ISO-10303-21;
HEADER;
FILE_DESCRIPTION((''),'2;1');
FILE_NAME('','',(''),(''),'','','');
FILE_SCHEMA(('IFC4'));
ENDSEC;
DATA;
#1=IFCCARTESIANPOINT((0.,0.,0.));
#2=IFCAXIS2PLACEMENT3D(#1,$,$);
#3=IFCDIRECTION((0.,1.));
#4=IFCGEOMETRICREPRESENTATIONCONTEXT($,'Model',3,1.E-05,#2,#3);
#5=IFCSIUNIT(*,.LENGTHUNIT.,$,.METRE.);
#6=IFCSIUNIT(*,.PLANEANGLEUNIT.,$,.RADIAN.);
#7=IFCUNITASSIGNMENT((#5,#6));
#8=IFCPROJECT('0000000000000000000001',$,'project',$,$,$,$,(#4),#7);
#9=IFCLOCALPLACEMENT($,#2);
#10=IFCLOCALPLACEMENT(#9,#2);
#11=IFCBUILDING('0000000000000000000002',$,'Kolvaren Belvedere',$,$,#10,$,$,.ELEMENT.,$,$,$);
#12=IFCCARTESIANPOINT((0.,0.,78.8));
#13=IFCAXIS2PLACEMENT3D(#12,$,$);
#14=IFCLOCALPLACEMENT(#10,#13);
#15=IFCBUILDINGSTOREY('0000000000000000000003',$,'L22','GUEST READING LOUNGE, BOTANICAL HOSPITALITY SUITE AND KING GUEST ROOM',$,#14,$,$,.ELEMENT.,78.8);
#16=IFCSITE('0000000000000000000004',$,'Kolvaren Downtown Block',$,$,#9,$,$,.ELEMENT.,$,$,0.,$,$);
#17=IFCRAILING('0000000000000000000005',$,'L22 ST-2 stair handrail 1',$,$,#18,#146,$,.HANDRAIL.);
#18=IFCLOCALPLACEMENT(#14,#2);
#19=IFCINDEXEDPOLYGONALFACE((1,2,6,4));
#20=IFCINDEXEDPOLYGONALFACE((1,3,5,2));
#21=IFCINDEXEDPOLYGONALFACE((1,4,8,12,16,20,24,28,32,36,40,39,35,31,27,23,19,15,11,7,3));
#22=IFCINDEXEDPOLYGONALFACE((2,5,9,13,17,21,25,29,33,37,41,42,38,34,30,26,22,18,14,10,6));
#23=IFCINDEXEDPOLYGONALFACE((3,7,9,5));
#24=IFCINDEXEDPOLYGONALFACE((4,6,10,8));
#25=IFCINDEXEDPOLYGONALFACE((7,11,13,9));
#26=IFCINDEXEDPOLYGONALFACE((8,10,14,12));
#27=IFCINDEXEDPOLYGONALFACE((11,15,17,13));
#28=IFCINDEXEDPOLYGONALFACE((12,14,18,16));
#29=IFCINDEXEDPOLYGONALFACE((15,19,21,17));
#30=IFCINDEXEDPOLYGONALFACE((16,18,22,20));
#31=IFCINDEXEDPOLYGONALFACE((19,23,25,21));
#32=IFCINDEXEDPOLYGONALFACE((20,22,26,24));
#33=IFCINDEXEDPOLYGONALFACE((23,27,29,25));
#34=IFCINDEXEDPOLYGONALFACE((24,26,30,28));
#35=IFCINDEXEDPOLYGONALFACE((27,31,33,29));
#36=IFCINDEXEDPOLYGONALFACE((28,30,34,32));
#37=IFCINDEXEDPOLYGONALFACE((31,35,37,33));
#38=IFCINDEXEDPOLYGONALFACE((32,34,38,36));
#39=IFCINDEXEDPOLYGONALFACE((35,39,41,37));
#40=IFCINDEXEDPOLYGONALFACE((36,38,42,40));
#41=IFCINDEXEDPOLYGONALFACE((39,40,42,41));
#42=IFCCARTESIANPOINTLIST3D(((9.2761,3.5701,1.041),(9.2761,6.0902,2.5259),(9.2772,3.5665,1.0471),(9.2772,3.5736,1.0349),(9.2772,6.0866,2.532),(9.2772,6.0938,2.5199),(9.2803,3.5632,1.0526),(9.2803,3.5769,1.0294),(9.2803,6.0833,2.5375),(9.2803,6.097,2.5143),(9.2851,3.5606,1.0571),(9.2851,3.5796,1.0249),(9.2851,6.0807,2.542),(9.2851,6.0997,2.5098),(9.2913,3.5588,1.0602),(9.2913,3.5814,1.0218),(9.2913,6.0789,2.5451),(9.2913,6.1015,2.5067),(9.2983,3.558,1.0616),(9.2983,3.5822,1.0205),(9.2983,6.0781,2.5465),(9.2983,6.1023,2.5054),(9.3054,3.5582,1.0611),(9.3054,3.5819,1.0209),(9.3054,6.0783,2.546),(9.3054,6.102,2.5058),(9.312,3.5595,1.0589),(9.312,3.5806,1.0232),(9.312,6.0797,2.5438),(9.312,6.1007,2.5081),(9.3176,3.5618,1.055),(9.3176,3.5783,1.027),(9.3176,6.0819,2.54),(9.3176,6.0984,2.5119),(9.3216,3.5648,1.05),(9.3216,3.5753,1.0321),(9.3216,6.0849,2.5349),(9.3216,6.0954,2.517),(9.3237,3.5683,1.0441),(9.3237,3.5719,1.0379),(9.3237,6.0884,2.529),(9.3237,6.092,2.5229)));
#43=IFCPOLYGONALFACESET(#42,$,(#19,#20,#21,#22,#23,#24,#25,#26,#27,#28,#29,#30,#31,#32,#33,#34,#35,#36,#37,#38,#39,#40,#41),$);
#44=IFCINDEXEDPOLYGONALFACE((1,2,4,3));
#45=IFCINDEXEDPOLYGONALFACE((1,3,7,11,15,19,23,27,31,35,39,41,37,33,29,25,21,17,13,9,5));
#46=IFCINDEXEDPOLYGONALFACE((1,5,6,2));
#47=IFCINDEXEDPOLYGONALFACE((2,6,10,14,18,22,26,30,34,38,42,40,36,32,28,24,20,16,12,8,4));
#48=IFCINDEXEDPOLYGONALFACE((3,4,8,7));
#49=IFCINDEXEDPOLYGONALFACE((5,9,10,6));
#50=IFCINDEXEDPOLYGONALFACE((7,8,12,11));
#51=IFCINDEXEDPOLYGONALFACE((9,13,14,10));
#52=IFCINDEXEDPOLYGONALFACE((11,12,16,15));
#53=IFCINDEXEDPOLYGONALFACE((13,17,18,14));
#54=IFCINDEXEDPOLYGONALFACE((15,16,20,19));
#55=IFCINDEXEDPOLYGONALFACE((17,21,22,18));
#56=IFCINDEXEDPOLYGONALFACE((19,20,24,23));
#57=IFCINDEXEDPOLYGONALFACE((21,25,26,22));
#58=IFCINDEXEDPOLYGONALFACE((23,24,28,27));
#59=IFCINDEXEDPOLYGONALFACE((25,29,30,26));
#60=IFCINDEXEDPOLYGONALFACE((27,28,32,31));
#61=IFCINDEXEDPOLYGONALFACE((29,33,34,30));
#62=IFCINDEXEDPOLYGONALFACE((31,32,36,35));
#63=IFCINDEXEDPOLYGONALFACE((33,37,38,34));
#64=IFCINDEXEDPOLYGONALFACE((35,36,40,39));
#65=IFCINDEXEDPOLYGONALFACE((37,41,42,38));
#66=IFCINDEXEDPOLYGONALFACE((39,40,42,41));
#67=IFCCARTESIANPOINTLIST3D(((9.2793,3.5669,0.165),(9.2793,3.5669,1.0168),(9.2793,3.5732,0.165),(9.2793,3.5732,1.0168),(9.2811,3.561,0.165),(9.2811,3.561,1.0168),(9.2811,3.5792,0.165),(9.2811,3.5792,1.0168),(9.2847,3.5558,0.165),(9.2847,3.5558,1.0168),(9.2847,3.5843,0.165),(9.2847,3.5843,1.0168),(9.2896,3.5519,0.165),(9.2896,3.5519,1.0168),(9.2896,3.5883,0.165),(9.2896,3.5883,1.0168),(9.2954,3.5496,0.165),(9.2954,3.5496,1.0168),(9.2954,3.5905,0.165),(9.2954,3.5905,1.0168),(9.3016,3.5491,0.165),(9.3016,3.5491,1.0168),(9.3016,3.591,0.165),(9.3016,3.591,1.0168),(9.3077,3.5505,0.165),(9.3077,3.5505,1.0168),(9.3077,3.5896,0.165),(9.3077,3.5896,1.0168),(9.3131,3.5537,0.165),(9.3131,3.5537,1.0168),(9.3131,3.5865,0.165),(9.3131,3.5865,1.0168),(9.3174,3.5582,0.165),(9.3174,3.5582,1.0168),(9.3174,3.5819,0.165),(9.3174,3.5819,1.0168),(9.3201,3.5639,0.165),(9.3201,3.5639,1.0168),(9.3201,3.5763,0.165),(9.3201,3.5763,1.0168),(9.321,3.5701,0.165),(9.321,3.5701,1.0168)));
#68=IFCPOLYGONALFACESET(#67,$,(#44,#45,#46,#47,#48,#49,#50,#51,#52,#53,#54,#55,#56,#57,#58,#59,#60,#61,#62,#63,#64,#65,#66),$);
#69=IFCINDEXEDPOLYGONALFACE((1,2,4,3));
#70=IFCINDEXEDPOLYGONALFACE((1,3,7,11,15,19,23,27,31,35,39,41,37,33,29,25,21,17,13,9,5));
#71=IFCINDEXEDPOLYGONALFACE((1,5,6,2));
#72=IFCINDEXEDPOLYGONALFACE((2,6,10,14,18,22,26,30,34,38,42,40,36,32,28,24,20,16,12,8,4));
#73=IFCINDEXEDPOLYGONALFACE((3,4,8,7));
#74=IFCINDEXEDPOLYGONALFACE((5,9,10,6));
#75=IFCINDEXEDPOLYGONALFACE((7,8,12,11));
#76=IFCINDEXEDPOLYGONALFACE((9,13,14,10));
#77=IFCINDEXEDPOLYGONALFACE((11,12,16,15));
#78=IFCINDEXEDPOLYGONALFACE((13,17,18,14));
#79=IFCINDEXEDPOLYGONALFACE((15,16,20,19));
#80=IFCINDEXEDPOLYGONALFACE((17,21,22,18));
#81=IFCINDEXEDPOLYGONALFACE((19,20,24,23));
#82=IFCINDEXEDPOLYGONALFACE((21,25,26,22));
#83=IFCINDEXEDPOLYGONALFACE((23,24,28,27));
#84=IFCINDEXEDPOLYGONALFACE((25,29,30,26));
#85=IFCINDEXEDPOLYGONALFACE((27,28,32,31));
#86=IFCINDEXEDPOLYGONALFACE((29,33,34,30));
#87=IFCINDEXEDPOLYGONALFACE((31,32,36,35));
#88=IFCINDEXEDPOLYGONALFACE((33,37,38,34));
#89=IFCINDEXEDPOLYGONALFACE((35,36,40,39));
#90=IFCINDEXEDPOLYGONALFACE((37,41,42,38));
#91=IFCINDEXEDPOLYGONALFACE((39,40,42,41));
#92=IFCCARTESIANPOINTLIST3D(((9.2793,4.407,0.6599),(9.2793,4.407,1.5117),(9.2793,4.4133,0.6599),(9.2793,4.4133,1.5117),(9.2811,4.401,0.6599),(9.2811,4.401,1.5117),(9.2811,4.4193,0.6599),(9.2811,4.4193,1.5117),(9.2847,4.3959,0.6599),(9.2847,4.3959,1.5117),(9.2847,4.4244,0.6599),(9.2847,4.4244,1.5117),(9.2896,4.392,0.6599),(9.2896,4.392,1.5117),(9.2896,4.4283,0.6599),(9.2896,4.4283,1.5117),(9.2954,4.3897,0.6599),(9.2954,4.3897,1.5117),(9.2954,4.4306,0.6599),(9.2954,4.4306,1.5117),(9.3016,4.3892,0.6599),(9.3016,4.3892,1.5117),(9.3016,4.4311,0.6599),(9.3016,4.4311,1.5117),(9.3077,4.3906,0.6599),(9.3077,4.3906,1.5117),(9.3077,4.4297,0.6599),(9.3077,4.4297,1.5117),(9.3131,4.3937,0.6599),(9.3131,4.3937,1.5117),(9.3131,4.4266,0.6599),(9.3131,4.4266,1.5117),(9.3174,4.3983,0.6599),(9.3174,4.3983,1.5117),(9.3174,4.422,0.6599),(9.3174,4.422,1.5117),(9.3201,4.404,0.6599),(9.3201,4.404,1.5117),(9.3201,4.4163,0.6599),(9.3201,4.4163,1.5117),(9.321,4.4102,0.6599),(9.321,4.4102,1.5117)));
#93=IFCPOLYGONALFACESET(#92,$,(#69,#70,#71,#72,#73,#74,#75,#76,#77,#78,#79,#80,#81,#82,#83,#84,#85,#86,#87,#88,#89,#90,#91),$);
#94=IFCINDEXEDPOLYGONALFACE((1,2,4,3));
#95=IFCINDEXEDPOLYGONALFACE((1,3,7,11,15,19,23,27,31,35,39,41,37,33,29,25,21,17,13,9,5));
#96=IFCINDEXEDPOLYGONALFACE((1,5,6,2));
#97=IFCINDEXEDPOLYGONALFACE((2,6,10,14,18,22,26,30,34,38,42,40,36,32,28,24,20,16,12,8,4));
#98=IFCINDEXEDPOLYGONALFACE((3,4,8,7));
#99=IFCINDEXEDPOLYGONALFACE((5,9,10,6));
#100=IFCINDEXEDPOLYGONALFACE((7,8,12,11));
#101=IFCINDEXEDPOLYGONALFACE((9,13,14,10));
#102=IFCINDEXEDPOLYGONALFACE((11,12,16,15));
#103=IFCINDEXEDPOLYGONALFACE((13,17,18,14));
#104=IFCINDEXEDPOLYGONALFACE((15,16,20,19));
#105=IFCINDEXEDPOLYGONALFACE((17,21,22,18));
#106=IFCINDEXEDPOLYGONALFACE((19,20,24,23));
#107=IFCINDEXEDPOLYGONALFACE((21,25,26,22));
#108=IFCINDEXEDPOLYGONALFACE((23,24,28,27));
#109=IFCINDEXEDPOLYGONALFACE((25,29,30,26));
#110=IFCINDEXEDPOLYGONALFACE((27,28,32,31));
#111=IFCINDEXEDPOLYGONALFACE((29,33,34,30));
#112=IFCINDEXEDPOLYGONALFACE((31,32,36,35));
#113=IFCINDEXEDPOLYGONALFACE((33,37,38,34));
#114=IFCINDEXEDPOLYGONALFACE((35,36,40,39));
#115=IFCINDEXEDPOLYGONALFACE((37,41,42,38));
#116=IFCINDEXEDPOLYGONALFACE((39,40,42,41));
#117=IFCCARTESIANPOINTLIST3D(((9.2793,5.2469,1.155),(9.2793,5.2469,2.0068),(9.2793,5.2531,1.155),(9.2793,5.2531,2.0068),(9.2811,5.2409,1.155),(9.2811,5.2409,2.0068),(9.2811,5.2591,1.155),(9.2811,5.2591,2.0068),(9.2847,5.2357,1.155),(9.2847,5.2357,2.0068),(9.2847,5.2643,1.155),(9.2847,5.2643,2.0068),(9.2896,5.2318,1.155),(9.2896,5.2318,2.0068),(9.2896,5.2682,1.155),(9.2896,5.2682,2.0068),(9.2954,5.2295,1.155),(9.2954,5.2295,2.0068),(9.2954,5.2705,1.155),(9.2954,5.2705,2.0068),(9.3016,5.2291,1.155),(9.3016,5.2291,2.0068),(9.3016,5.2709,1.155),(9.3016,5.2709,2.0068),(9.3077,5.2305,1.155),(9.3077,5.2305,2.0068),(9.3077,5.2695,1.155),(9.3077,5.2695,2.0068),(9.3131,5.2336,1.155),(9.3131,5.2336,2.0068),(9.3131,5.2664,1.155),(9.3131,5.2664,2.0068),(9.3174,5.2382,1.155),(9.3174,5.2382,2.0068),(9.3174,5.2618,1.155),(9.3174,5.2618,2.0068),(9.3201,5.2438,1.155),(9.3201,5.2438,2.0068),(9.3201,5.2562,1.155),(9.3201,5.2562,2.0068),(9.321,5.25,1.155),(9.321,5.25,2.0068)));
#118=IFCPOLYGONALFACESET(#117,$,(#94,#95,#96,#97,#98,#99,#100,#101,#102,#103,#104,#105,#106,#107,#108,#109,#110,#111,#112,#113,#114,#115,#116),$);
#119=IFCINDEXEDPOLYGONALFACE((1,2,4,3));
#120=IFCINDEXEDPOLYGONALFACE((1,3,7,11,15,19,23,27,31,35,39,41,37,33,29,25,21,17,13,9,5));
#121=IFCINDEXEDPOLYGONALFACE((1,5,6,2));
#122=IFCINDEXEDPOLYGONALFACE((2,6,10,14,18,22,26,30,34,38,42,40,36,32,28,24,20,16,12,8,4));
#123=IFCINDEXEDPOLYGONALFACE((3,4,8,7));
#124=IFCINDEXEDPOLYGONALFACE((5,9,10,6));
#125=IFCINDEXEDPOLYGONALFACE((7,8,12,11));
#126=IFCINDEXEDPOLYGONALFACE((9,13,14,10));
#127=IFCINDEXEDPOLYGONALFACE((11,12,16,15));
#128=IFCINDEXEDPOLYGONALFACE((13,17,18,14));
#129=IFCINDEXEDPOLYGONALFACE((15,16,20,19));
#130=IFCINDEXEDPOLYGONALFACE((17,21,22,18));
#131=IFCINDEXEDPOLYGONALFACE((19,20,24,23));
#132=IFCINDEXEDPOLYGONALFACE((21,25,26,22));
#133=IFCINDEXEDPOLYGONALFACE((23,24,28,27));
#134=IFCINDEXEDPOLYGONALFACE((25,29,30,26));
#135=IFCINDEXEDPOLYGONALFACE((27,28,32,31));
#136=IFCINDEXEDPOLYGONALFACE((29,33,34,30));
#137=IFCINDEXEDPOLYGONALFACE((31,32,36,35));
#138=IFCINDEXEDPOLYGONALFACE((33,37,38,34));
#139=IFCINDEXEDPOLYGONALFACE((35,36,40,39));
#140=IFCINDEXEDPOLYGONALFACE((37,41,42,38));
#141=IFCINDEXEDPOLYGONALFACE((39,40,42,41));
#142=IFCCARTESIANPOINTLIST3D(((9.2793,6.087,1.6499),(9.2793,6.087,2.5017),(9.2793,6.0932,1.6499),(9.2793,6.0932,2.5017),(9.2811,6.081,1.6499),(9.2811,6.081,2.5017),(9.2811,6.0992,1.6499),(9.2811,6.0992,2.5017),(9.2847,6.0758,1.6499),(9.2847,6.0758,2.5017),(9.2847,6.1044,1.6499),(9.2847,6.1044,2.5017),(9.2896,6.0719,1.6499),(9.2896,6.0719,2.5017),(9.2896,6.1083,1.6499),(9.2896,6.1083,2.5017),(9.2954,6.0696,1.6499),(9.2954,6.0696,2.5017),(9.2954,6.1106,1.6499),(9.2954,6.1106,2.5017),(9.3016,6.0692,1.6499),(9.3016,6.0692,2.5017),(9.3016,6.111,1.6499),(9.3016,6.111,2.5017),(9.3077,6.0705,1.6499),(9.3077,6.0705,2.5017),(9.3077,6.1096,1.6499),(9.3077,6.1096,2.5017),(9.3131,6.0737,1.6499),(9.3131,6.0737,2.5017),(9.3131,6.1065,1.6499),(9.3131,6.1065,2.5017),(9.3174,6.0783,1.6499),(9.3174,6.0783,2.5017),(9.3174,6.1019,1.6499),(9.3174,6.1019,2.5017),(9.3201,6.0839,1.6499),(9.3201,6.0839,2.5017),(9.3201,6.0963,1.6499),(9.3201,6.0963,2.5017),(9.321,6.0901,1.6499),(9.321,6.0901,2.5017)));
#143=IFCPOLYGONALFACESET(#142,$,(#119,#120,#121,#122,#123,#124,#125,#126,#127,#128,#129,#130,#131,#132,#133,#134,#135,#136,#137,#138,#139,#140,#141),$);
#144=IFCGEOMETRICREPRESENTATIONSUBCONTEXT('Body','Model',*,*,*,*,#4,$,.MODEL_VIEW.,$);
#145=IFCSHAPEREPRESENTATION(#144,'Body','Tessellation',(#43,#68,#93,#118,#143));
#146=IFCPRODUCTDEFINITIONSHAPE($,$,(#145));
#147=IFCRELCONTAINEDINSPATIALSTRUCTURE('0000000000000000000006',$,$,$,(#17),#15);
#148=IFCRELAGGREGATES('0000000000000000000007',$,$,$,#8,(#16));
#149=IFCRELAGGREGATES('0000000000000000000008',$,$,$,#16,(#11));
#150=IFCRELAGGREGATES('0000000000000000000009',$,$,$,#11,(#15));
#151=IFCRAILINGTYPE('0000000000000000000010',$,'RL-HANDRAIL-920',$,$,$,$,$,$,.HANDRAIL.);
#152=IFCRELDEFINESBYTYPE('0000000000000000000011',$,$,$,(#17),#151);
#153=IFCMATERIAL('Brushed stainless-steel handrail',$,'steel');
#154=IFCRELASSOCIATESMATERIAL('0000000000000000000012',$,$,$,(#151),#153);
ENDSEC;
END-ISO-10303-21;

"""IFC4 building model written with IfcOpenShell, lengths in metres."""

from ifc_helpers import new_model, si_unit, direction, frame, origin, origin_2d, place, context, subcontext, project, spatial, circle, extrude, material, type_object, element, save


model = new_model("IFC4")

# Units and contexts
model_context = context("Model", 3, precision=1e-05, world=origin(), true_north=direction((0.0, 1.0)))
body_context = subcontext(model_context, "Body", "Model", "MODEL_VIEW")
ifc_project = project(units=[si_unit("LENGTHUNIT", "METRE"), si_unit("PLANEANGLEUNIT", "RADIAN")], contexts=[model_context])

# Site, building, storey
site_placement = place(None, origin())
site = spatial("IfcSite", under=ifc_project, at=site_placement, Name="Kolvaren Downtown Block", CompositionType="ELEMENT", RefElevation=0.0)
building_placement = place(site_placement, origin())
building = spatial("IfcBuilding", under=site, at=building_placement, Name="Kolvaren Belvedere", CompositionType="ELEMENT")
storey_placement = place(building_placement, frame((0.0, 0.0, 78.8)))
storey = spatial("IfcBuildingStorey", under=building, at=storey_placement, Name="L22", Description="GUEST READING LOUNGE, BOTANICAL HOSPITALITY SUITE AND KING GUEST ROOM", CompositionType="ELEMENT", Elevation=78.8)

# Railing
ifc_material_1 = material(Name="Brushed stainless-steel handrail", Category="steel")
railing_type_1 = type_object("IfcRailingType", Name="RL-HANDRAIL-920", PredefinedType="HANDRAIL", material=ifc_material_1)
railing_1_placement = place(storey_placement, frame((9.3, 3.5701, 0.165)))
element("IfcRailing", 1, at=railing_1_placement, inside=storey, type_object=railing_type_1, Name="L22 ST-2 stair handrail 1", PredefinedType="HANDRAIL", context=body_context, shape_type="SweptSolid", body=[
    extrude(circle(Radius=0.0239, at=origin_2d()), frame((0.0, 0.0, 0.876), z_axis=(0.0, 0.861561, 0.507655), x_axis=(-1.0, 0.0, 0.0)), (0.0, 0.0, 1.0), 2.925),
    extrude(circle(Radius=0.021, at=origin_2d()), origin(), (0.0, 0.0, 1.0), 0.8518),
    extrude(circle(Radius=0.021, at=origin_2d()), frame((0.0, 0.8401, 0.4949)), (0.0, 0.0, 1.0), 0.8518),
    extrude(circle(Radius=0.021, at=origin_2d()), frame((0.0, 1.6799, 0.99)), (0.0, 0.0, 1.0), 0.8518),
    extrude(circle(Radius=0.021, at=origin_2d()), frame((0.0, 2.52, 1.4849)), (0.0, 0.0, 1.0), 0.8518),
])

save(model, "model.ifc")
